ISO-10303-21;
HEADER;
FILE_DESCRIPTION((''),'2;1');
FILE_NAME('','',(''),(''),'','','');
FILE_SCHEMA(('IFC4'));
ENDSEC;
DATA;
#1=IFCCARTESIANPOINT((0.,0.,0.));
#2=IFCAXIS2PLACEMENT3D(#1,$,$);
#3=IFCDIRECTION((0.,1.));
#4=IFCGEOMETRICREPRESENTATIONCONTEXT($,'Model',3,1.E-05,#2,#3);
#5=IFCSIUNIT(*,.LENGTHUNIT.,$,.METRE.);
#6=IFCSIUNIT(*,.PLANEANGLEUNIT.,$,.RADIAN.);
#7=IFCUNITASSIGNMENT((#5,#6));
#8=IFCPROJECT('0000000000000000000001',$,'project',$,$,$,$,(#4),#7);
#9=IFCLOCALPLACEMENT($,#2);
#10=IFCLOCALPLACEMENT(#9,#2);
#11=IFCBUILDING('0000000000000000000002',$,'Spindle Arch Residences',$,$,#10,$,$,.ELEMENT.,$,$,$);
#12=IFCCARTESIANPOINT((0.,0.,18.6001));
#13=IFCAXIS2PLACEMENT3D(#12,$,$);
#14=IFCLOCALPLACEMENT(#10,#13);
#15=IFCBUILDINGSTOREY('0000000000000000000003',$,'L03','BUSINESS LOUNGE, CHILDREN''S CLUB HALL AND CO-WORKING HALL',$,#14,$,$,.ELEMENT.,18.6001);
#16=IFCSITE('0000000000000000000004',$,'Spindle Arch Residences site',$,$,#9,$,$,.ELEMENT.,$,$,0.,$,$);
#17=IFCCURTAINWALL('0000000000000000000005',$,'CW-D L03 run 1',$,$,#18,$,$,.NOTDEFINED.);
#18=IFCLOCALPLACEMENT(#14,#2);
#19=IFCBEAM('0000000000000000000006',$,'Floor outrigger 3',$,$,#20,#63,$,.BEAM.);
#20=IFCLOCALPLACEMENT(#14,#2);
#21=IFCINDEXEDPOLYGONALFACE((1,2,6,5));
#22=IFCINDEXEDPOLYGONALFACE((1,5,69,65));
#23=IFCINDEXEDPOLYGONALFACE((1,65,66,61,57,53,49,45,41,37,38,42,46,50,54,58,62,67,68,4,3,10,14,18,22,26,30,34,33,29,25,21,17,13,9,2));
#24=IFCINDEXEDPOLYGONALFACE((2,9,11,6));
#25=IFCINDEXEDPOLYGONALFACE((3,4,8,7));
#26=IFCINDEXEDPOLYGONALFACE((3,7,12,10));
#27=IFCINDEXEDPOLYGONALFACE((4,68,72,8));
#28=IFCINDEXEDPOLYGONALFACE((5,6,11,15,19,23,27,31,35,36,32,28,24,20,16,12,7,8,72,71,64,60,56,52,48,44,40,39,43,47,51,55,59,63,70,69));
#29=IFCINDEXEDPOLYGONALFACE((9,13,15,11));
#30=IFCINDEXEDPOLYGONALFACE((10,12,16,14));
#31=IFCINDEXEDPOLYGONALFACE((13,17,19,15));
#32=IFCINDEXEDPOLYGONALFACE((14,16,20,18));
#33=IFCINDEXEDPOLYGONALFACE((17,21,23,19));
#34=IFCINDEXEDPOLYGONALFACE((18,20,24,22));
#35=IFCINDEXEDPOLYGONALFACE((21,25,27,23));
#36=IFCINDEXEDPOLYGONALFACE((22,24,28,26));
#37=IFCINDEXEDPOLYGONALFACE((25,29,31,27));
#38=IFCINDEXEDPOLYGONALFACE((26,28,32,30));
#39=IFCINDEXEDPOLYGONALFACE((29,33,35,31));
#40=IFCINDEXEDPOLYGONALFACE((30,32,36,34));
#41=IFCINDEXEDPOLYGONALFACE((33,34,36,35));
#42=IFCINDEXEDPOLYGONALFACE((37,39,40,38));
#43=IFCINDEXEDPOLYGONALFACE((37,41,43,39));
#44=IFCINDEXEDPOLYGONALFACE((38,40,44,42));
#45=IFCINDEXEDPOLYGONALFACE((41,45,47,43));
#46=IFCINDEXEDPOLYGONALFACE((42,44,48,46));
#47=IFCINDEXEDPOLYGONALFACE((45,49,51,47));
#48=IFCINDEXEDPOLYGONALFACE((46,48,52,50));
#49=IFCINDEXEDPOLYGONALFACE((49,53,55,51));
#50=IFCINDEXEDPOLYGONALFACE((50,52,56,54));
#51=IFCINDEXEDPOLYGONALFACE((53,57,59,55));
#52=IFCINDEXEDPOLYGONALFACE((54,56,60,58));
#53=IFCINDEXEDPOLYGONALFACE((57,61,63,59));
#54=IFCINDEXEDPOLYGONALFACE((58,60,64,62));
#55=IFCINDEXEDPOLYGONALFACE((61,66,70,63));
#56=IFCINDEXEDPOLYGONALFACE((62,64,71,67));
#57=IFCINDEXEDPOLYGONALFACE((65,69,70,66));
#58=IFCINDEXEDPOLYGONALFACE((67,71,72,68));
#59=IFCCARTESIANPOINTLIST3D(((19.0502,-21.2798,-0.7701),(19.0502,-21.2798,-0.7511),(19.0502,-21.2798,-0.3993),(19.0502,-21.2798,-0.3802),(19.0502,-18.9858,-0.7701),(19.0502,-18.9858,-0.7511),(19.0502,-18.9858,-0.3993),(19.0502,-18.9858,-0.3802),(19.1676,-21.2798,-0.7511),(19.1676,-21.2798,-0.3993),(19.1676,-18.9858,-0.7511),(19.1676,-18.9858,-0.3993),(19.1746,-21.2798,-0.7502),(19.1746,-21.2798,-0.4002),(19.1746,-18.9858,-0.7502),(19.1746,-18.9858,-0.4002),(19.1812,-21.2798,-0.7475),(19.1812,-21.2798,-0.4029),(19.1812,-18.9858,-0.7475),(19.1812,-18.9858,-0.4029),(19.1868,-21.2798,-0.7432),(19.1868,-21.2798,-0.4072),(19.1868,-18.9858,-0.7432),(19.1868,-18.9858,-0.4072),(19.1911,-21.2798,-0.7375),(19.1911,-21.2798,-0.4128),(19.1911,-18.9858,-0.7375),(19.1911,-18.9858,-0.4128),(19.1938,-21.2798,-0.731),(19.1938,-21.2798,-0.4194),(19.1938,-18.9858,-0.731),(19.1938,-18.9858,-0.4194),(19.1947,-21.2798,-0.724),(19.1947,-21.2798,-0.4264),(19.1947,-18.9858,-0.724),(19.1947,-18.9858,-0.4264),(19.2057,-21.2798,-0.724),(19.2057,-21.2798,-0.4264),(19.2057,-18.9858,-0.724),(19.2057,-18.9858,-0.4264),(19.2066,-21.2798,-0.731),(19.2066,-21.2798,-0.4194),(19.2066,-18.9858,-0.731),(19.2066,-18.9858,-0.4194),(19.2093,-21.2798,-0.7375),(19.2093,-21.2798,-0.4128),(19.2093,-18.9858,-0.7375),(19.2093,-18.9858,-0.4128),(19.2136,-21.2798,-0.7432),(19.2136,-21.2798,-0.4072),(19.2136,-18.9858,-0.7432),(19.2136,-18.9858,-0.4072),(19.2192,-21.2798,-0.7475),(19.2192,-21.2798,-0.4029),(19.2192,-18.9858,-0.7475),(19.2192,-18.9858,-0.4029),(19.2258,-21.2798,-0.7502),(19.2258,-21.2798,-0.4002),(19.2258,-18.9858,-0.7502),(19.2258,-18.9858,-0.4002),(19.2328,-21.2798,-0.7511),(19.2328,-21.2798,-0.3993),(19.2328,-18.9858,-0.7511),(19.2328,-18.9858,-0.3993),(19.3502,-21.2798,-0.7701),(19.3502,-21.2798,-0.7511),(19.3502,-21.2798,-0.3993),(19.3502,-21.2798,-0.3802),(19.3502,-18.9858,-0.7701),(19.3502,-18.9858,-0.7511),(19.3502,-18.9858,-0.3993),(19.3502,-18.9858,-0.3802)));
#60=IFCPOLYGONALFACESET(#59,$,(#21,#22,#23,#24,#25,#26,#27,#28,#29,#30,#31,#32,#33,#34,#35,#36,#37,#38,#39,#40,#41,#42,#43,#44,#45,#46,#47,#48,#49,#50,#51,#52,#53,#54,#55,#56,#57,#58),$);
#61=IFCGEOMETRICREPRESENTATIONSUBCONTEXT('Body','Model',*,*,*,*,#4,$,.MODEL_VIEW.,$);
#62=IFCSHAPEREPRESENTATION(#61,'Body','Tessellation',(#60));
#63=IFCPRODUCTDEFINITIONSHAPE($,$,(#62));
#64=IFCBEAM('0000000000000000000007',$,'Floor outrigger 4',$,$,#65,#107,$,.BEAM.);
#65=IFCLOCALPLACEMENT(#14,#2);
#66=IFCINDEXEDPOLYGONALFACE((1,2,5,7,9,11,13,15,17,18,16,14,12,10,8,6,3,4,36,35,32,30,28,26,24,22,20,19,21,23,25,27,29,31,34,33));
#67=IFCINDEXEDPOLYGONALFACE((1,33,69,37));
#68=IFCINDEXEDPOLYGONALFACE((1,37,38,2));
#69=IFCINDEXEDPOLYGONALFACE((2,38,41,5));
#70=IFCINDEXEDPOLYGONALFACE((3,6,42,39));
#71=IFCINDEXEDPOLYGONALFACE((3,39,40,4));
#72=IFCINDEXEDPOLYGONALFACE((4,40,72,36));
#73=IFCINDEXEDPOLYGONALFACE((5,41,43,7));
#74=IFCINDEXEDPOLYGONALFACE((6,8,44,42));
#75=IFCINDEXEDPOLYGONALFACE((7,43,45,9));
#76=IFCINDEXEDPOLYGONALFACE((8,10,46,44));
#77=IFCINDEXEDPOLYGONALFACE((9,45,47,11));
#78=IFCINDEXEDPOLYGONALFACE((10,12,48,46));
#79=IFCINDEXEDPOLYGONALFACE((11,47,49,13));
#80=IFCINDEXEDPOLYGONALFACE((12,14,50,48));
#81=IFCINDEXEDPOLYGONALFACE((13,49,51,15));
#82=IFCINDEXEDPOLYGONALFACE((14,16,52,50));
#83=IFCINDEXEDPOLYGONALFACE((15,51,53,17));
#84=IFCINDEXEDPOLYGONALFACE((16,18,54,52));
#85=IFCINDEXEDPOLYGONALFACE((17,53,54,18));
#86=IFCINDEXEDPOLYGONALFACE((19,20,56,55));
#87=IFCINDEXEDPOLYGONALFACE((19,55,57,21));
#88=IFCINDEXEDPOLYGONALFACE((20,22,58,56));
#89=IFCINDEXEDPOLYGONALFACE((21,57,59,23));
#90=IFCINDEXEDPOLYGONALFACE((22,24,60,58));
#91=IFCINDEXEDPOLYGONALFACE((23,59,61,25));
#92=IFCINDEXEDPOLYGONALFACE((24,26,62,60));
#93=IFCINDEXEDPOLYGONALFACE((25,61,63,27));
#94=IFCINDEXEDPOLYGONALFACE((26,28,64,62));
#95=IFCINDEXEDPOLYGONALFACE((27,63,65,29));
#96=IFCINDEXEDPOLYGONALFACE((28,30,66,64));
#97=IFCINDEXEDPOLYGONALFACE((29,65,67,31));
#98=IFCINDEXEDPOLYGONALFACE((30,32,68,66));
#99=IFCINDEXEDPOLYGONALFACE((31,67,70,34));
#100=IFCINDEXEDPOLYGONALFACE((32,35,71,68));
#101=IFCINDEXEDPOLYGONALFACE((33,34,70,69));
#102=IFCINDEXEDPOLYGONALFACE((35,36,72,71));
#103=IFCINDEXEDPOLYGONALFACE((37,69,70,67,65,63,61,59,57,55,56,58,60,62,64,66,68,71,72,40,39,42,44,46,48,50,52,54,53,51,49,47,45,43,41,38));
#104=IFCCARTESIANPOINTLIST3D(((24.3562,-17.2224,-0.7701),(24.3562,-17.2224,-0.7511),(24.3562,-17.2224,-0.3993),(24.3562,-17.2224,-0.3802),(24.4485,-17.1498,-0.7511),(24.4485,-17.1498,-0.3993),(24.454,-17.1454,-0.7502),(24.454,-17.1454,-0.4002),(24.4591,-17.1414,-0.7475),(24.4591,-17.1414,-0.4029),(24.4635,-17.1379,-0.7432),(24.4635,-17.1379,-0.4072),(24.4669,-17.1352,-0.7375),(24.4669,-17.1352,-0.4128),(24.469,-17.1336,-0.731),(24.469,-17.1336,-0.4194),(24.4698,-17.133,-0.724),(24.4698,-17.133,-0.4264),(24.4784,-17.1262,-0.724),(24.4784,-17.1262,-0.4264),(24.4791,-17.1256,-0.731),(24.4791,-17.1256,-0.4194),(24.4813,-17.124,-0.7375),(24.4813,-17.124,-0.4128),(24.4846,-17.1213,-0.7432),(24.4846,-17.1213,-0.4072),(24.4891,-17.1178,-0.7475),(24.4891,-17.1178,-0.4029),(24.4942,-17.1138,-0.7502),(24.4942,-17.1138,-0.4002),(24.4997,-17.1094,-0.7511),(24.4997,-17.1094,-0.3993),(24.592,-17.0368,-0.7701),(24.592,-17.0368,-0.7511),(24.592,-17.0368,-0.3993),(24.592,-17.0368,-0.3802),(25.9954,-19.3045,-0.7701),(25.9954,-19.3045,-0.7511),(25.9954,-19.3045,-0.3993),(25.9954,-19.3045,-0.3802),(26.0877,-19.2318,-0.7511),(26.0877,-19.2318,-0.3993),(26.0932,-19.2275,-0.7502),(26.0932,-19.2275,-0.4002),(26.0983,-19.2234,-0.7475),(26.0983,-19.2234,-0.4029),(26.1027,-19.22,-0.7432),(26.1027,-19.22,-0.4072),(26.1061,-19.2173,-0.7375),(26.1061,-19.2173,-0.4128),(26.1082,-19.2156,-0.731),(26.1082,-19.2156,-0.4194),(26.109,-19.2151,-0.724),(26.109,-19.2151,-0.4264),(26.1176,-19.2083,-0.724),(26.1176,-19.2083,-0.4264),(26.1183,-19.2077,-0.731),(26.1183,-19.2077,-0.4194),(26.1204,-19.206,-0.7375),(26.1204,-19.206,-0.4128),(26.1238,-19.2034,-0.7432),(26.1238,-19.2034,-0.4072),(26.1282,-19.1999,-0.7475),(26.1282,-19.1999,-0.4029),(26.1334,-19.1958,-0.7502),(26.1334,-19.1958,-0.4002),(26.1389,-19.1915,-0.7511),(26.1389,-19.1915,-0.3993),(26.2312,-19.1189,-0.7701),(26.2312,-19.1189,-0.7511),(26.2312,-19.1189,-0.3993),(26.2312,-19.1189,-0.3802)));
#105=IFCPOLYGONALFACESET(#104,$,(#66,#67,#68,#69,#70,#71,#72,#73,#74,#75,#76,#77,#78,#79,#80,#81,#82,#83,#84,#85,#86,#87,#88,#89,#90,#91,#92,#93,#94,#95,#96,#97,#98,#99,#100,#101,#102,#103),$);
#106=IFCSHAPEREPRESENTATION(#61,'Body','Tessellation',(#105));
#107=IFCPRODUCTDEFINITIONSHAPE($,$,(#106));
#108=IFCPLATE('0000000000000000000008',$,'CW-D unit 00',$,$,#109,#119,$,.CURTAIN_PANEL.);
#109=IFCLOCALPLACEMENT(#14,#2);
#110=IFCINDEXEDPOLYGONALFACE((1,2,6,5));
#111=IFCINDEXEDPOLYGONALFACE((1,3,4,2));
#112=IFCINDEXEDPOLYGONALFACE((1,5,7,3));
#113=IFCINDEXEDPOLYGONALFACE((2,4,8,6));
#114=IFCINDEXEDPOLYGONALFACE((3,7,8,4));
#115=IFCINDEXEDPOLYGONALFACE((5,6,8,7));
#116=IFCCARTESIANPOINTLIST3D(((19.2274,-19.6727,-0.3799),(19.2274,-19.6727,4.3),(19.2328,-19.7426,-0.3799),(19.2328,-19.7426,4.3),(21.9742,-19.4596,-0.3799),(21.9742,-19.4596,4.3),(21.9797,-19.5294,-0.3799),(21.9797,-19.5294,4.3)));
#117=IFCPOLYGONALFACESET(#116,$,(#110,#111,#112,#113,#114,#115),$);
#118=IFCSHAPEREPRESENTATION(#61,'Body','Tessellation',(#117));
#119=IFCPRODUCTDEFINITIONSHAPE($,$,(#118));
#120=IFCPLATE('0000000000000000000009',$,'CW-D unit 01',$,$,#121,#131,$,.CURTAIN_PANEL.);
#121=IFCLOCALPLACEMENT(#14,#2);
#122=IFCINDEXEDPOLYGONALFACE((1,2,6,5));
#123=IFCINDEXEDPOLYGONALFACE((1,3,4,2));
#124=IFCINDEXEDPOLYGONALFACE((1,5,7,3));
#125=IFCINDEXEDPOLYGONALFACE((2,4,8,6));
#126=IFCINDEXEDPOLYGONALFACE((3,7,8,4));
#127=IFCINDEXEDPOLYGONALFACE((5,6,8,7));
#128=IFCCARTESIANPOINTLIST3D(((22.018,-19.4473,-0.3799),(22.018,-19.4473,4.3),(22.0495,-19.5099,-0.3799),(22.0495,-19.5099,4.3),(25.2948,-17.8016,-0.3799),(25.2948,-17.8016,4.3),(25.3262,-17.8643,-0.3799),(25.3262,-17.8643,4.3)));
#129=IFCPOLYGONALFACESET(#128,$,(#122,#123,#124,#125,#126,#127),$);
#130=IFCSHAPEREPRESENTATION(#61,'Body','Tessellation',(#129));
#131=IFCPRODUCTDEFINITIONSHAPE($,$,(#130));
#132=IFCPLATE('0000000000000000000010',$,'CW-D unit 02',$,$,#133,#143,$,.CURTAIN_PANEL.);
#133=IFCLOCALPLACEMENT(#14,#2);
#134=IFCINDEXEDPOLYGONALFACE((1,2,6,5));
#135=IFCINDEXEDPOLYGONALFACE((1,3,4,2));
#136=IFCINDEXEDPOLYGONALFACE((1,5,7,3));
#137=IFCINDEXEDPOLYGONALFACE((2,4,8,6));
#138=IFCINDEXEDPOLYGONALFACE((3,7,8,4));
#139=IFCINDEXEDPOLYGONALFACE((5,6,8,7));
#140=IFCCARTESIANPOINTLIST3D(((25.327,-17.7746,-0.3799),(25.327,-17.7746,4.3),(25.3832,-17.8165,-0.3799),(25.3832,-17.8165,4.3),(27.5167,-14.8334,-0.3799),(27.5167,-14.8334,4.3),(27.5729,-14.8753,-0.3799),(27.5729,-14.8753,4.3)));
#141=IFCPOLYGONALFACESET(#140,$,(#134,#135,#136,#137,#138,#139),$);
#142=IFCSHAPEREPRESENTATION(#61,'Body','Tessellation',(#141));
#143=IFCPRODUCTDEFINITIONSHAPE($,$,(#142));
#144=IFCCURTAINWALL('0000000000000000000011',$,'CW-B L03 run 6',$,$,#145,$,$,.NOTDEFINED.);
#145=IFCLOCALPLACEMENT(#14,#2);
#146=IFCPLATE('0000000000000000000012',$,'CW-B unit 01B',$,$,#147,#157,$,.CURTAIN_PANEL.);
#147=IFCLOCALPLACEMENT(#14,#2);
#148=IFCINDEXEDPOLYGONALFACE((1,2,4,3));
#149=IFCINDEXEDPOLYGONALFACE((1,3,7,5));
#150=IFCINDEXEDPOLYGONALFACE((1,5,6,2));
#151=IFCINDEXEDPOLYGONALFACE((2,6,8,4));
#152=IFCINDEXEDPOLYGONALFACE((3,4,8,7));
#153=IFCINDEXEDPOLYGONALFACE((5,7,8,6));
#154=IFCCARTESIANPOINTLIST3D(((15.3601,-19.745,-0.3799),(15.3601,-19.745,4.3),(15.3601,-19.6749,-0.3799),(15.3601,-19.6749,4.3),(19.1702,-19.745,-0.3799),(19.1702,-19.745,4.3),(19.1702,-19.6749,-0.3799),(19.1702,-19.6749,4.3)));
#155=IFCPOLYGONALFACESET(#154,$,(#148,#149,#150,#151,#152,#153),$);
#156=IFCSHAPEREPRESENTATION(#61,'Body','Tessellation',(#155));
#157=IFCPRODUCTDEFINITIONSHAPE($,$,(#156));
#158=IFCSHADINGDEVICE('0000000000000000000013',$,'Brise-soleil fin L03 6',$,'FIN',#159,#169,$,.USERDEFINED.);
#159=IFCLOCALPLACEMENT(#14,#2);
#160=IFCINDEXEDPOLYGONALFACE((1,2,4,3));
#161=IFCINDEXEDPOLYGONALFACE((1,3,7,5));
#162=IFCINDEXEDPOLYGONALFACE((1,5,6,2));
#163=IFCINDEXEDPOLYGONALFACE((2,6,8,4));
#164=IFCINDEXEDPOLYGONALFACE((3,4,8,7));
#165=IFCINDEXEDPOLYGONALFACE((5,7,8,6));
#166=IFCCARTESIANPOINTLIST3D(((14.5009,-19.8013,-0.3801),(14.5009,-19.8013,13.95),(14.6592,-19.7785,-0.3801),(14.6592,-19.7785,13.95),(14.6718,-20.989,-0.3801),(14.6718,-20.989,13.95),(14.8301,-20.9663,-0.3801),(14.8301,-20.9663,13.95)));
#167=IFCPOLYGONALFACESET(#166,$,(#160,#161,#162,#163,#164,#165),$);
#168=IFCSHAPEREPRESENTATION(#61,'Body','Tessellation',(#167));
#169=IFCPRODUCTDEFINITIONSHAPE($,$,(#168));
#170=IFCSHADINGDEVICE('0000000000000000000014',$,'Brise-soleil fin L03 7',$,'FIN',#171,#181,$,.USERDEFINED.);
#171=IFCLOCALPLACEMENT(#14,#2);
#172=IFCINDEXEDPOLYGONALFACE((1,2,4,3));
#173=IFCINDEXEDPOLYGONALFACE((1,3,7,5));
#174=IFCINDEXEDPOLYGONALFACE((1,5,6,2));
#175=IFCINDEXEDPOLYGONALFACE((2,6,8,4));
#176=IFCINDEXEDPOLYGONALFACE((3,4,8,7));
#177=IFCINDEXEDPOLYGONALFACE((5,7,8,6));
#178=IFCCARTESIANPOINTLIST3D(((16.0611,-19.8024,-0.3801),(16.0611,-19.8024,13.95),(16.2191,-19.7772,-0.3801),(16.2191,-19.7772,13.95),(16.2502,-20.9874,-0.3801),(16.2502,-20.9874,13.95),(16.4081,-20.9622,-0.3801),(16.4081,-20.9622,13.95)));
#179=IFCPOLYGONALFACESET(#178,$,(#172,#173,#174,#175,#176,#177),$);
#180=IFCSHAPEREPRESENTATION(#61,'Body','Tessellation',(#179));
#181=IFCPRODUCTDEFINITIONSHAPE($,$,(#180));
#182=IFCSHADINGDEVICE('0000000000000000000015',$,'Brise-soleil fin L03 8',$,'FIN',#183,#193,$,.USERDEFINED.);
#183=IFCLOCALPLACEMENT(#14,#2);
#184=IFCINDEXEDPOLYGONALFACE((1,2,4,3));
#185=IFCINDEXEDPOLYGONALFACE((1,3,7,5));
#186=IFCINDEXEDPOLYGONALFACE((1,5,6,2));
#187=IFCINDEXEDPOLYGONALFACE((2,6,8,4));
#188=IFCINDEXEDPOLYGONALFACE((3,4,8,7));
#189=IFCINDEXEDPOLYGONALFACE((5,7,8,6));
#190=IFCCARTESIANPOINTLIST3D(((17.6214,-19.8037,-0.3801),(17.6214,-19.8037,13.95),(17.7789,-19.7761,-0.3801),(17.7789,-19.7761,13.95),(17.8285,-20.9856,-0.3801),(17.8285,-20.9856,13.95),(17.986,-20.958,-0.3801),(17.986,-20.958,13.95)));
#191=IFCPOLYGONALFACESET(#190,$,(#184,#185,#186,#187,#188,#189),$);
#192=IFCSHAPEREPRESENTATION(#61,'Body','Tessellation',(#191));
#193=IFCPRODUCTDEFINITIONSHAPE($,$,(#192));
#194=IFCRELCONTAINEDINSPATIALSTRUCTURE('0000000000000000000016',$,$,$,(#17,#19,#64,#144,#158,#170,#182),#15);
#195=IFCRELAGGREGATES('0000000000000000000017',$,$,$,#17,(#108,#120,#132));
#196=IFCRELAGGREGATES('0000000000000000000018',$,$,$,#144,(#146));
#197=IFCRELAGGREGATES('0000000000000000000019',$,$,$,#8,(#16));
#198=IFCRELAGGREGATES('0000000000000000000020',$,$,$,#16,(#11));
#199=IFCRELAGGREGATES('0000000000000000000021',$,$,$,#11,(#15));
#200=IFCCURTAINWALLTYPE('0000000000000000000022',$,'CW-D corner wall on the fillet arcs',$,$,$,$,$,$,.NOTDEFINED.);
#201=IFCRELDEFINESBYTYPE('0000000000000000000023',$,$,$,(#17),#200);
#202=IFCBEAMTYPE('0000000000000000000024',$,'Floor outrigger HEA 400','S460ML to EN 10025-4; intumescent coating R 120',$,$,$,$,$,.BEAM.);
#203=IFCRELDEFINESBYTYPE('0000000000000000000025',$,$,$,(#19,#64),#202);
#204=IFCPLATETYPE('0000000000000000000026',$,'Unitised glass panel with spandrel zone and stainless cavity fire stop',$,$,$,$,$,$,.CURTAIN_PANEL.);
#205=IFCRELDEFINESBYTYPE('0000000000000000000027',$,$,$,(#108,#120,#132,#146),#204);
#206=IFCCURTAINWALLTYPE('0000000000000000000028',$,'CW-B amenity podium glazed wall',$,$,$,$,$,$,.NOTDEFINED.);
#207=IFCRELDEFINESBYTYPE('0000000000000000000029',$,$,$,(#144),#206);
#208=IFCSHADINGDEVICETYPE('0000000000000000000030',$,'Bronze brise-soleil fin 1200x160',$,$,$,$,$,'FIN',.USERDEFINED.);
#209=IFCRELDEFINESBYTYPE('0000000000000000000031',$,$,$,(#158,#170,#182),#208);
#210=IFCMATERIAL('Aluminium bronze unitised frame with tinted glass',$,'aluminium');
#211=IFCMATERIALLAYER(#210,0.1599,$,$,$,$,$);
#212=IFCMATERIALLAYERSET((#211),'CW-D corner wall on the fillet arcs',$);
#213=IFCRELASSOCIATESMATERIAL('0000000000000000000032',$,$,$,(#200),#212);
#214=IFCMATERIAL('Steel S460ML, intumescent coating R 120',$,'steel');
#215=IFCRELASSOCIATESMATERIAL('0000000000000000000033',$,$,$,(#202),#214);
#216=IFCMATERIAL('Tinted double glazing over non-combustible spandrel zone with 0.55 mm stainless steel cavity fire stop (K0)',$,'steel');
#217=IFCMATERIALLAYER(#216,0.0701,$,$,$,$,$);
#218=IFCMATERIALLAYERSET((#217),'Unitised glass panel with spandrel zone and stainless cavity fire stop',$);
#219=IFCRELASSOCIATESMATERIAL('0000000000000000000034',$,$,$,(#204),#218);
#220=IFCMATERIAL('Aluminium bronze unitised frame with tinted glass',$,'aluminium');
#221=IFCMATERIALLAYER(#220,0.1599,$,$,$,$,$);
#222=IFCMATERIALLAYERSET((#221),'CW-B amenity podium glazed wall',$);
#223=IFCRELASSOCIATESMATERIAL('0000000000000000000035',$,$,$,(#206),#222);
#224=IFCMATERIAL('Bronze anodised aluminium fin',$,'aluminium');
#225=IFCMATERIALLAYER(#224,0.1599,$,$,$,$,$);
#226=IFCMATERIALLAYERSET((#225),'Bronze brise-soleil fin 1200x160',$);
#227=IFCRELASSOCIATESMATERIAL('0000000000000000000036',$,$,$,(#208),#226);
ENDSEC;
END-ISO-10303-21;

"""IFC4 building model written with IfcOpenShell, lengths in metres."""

from ifc_helpers import new_model, si_unit, direction, frame, origin, origin_2d, place, context, subcontext, project, spatial, rectangle, i_section, extrude, material, layer, layer_set, material_profile, profile_set, type_object, element, aggregate, save


model = new_model("IFC4")

# Units and contexts
model_context = context("Model", 3, precision=1e-05, world=origin(), true_north=direction((0.0, 1.0)))
body_context = subcontext(model_context, "Body", "Model", "MODEL_VIEW")
ifc_project = project(units=[si_unit("LENGTHUNIT", "METRE"), si_unit("PLANEANGLEUNIT", "RADIAN")], contexts=[model_context])

# Site, building, storey
site_placement = place(None, origin())
site = spatial("IfcSite", under=ifc_project, at=site_placement, Name="Spindle Arch Residences site", CompositionType="ELEMENT", RefElevation=0.0)
building_placement = place(site_placement, origin())
building = spatial("IfcBuilding", under=site, at=building_placement, Name="Spindle Arch Residences", CompositionType="ELEMENT")
storey_placement = place(building_placement, frame((0.0, 0.0, 18.6001)))
storey = spatial("IfcBuildingStorey", under=building, at=storey_placement, Name="L03", Description="BUSINESS LOUNGE, CHILDREN'S CLUB HALL AND CO-WORKING HALL", CompositionType="ELEMENT", Elevation=18.6001)

# Curtain wall
ifc_material_1 = material(Name="Aluminium bronze unitised frame with tinted glass", Category="aluminium")
ifc_layer_1 = layer(ifc_material_1, 0.1599)
ifc_layer_set_1 = layer_set([ifc_layer_1], Name="CW-D corner wall on the fillet arcs")
curtain_wall_type_1 = type_object("IfcCurtainWallType", Name="CW-D corner wall on the fillet arcs", PredefinedType="NOTDEFINED", material=ifc_layer_set_1)
curtain_wall_1_placement = place(storey_placement, origin())
curtain_wall_1 = element("IfcCurtainWall", 1, at=curtain_wall_1_placement, inside=storey, type_object=curtain_wall_type_1, Name="CW-D L03 run 1", PredefinedType="NOTDEFINED")

# Beams
ifc_material_2 = material(Name="Steel S460ML, intumescent coating R 120", Category="steel")
ifc_material_profile_1 = material_profile(ifc_material_2, i_section(OverallWidth=0.3, OverallDepth=0.3899, WebThickness=0.011, FlangeThickness=0.019, FilletRadius=0.0271, at=origin_2d()), Name="HEA 400")
ifc_profile_set_1 = profile_set([ifc_material_profile_1], Name="Steel S460ML, intumescent coating R 120")
beam_type_1 = type_object("IfcBeamType", Name="Floor outrigger HEA 400", Description="S460ML to EN 10025-4; intumescent coating R 120", PredefinedType="BEAM", material=ifc_profile_set_1)
beam_1_placement = place(storey_placement, frame((19.2002, -21.2798, -0.5752), z_axis=(0.0, 1.0, 0.0), x_axis=(-1.0, 0.0, 0.0)))
element("IfcBeam", 2, at=beam_1_placement, inside=storey, type_object=beam_type_1, Name="Floor outrigger 3", PredefinedType="BEAM", context=body_context, shape_type="SweptSolid", body=[
    extrude(i_section(OverallWidth=0.3, OverallDepth=0.3899, WebThickness=0.011, FlangeThickness=0.019, FilletRadius=0.0271, at=origin_2d()), origin(), (0.0, 0.0, 1.0), 2.2939),
])
beam_2_placement = place(storey_placement, frame((26.1133, -19.2117, -0.5752), z_axis=(-0.618586, 0.785717, 0.0), x_axis=(-0.785717, -0.618586, 0.0)))
element("IfcBeam", 3, at=beam_2_placement, inside=storey, type_object=beam_type_1, Name="Floor outrigger 4", PredefinedType="BEAM", context=body_context, shape_type="SweptSolid", body=[
    extrude(i_section(OverallWidth=0.3, OverallDepth=0.3899, WebThickness=0.011, FlangeThickness=0.019, FilletRadius=0.0271, at=origin_2d()), origin(), (0.0, 0.0, 1.0), 2.6499),
])

# Plates
ifc_material_3 = material(Name="Tinted double glazing over non-combustible spandrel zone with 0.55 mm stainless steel cavity fire stop (K0)", Category="steel")
ifc_layer_2 = layer(ifc_material_3, 0.0701)
ifc_layer_set_2 = layer_set([ifc_layer_2], Name="Unitised glass panel with spandrel zone and stainless cavity fire stop")
plate_type = type_object("IfcPlateType", Name="Unitised glass panel with spandrel zone and stainless cavity fire stop", PredefinedType="CURTAIN_PANEL", material=ifc_layer_set_2)
plate_1_placement = place(storey_placement, frame((20.6035, -19.6011, -0.3799), z_axis=(0.0, 0.0, 1.0), x_axis=(0.997003, 0.077364, 0.0)))
plate_1 = element("IfcPlate", 4, at=plate_1_placement, type_object=plate_type, Name="CW-D unit 00", PredefinedType="CURTAIN_PANEL", context=body_context, shape_type="SweptSolid", body=[
    extrude(rectangle(XDim=2.7551, YDim=0.0701, at=origin_2d()), origin(), (0.0, 0.0, 1.0), 4.6799),
])
plate_2_placement = place(storey_placement, frame((23.6721, -18.6558, -0.3799), z_axis=(0.0, 0.0, 1.0), x_axis=(0.893633, 0.448799, 0.0)))
plate_2 = element("IfcPlate", 5, at=plate_2_placement, type_object=plate_type, Name="CW-D unit 01", PredefinedType="CURTAIN_PANEL", context=body_context, shape_type="SweptSolid", body=[
    extrude(rectangle(XDim=3.6667, YDim=0.0701, at=origin_2d()), origin(), (0.0, 0.0, 1.0), 4.6799),
])
plate_3_placement = place(storey_placement, frame((26.45, -16.325, -0.3799), z_axis=(0.0, 0.0, 1.0), x_axis=(0.597159, 0.802123, 0.0)))
plate_3 = element("IfcPlate", 6, at=plate_3_placement, type_object=plate_type, Name="CW-D unit 02", PredefinedType="CURTAIN_PANEL", context=body_context, shape_type="SweptSolid", body=[
    extrude(rectangle(XDim=3.6667, YDim=0.0701, at=origin_2d()), origin(), (0.0, 0.0, 1.0), 4.6799),
])
aggregate(curtain_wall_1, [plate_1, plate_2, plate_3])

# Curtain wall, plate
ifc_material_4 = material(Name="Aluminium bronze unitised frame with tinted glass", Category="aluminium")
ifc_layer_3 = layer(ifc_material_4, 0.1599)
ifc_layer_set_3 = layer_set([ifc_layer_3], Name="CW-B amenity podium glazed wall")
curtain_wall_type_2 = type_object("IfcCurtainWallType", Name="CW-B amenity podium glazed wall", PredefinedType="NOTDEFINED", material=ifc_layer_set_3)
curtain_wall_2_placement = place(storey_placement, origin())
curtain_wall_2 = element("IfcCurtainWall", 7, at=curtain_wall_2_placement, inside=storey, type_object=curtain_wall_type_2, Name="CW-B L03 run 6", PredefinedType="NOTDEFINED")
plate_4_placement = place(storey_placement, frame((17.2651, -19.71, -0.3799), z_axis=(0.0, 0.0, 1.0), x_axis=(1.0, 0.0, 0.0)))
plate_4 = element("IfcPlate", 8, at=plate_4_placement, type_object=plate_type, Name="CW-B unit 01B", PredefinedType="CURTAIN_PANEL", context=body_context, shape_type="SweptSolid", body=[
    extrude(rectangle(XDim=3.8101, YDim=0.0701, at=origin_2d()), origin(), (0.0, 0.0, 1.0), 4.6799),
])
aggregate(curtain_wall_2, [plate_4])

# Shading devices
ifc_material_5 = material(Name="Bronze anodised aluminium fin", Category="aluminium")
ifc_layer_4 = layer(ifc_material_5, 0.1599)
ifc_layer_set_4 = layer_set([ifc_layer_4], Name="Bronze brise-soleil fin 1200x160")
shading_device_type = type_object("IfcShadingDeviceType", Name="Bronze brise-soleil fin 1200x160", ElementType="FIN", PredefinedType="USERDEFINED", material=ifc_layer_set_4)
for number, where, z_axis, x_axis, name in (
    (9, (14.6655, -20.3838, -0.3801), (0.0, 0.0, 1.0), (0.142415, -0.989807, 0.0), "Brise-soleil fin L03 6"),
    (10, (16.2346, -20.3823, -0.3801), (0.0, 0.0, 1.0), (0.157532, -0.987514, 0.0), "Brise-soleil fin L03 7"),
    (11, (17.8037, -20.3809, -0.3801), (0.0, 0.0, 1.0), (0.172612, -0.98499, 0.0), "Brise-soleil fin L03 8"),
):
    element("IfcShadingDevice", number, at=place(storey_placement, frame(where, z_axis=z_axis, x_axis=x_axis)), inside=storey, type_object=shading_device_type, Name=name, ObjectType="FIN", PredefinedType="USERDEFINED", context=body_context, shape_type="SweptSolid", body=[
        extrude(rectangle(XDim=1.2, YDim=0.1599, at=origin_2d()), origin(), (0.0, 0.0, 1.0), 14.3301),
    ])

save(model, "model.ifc")
